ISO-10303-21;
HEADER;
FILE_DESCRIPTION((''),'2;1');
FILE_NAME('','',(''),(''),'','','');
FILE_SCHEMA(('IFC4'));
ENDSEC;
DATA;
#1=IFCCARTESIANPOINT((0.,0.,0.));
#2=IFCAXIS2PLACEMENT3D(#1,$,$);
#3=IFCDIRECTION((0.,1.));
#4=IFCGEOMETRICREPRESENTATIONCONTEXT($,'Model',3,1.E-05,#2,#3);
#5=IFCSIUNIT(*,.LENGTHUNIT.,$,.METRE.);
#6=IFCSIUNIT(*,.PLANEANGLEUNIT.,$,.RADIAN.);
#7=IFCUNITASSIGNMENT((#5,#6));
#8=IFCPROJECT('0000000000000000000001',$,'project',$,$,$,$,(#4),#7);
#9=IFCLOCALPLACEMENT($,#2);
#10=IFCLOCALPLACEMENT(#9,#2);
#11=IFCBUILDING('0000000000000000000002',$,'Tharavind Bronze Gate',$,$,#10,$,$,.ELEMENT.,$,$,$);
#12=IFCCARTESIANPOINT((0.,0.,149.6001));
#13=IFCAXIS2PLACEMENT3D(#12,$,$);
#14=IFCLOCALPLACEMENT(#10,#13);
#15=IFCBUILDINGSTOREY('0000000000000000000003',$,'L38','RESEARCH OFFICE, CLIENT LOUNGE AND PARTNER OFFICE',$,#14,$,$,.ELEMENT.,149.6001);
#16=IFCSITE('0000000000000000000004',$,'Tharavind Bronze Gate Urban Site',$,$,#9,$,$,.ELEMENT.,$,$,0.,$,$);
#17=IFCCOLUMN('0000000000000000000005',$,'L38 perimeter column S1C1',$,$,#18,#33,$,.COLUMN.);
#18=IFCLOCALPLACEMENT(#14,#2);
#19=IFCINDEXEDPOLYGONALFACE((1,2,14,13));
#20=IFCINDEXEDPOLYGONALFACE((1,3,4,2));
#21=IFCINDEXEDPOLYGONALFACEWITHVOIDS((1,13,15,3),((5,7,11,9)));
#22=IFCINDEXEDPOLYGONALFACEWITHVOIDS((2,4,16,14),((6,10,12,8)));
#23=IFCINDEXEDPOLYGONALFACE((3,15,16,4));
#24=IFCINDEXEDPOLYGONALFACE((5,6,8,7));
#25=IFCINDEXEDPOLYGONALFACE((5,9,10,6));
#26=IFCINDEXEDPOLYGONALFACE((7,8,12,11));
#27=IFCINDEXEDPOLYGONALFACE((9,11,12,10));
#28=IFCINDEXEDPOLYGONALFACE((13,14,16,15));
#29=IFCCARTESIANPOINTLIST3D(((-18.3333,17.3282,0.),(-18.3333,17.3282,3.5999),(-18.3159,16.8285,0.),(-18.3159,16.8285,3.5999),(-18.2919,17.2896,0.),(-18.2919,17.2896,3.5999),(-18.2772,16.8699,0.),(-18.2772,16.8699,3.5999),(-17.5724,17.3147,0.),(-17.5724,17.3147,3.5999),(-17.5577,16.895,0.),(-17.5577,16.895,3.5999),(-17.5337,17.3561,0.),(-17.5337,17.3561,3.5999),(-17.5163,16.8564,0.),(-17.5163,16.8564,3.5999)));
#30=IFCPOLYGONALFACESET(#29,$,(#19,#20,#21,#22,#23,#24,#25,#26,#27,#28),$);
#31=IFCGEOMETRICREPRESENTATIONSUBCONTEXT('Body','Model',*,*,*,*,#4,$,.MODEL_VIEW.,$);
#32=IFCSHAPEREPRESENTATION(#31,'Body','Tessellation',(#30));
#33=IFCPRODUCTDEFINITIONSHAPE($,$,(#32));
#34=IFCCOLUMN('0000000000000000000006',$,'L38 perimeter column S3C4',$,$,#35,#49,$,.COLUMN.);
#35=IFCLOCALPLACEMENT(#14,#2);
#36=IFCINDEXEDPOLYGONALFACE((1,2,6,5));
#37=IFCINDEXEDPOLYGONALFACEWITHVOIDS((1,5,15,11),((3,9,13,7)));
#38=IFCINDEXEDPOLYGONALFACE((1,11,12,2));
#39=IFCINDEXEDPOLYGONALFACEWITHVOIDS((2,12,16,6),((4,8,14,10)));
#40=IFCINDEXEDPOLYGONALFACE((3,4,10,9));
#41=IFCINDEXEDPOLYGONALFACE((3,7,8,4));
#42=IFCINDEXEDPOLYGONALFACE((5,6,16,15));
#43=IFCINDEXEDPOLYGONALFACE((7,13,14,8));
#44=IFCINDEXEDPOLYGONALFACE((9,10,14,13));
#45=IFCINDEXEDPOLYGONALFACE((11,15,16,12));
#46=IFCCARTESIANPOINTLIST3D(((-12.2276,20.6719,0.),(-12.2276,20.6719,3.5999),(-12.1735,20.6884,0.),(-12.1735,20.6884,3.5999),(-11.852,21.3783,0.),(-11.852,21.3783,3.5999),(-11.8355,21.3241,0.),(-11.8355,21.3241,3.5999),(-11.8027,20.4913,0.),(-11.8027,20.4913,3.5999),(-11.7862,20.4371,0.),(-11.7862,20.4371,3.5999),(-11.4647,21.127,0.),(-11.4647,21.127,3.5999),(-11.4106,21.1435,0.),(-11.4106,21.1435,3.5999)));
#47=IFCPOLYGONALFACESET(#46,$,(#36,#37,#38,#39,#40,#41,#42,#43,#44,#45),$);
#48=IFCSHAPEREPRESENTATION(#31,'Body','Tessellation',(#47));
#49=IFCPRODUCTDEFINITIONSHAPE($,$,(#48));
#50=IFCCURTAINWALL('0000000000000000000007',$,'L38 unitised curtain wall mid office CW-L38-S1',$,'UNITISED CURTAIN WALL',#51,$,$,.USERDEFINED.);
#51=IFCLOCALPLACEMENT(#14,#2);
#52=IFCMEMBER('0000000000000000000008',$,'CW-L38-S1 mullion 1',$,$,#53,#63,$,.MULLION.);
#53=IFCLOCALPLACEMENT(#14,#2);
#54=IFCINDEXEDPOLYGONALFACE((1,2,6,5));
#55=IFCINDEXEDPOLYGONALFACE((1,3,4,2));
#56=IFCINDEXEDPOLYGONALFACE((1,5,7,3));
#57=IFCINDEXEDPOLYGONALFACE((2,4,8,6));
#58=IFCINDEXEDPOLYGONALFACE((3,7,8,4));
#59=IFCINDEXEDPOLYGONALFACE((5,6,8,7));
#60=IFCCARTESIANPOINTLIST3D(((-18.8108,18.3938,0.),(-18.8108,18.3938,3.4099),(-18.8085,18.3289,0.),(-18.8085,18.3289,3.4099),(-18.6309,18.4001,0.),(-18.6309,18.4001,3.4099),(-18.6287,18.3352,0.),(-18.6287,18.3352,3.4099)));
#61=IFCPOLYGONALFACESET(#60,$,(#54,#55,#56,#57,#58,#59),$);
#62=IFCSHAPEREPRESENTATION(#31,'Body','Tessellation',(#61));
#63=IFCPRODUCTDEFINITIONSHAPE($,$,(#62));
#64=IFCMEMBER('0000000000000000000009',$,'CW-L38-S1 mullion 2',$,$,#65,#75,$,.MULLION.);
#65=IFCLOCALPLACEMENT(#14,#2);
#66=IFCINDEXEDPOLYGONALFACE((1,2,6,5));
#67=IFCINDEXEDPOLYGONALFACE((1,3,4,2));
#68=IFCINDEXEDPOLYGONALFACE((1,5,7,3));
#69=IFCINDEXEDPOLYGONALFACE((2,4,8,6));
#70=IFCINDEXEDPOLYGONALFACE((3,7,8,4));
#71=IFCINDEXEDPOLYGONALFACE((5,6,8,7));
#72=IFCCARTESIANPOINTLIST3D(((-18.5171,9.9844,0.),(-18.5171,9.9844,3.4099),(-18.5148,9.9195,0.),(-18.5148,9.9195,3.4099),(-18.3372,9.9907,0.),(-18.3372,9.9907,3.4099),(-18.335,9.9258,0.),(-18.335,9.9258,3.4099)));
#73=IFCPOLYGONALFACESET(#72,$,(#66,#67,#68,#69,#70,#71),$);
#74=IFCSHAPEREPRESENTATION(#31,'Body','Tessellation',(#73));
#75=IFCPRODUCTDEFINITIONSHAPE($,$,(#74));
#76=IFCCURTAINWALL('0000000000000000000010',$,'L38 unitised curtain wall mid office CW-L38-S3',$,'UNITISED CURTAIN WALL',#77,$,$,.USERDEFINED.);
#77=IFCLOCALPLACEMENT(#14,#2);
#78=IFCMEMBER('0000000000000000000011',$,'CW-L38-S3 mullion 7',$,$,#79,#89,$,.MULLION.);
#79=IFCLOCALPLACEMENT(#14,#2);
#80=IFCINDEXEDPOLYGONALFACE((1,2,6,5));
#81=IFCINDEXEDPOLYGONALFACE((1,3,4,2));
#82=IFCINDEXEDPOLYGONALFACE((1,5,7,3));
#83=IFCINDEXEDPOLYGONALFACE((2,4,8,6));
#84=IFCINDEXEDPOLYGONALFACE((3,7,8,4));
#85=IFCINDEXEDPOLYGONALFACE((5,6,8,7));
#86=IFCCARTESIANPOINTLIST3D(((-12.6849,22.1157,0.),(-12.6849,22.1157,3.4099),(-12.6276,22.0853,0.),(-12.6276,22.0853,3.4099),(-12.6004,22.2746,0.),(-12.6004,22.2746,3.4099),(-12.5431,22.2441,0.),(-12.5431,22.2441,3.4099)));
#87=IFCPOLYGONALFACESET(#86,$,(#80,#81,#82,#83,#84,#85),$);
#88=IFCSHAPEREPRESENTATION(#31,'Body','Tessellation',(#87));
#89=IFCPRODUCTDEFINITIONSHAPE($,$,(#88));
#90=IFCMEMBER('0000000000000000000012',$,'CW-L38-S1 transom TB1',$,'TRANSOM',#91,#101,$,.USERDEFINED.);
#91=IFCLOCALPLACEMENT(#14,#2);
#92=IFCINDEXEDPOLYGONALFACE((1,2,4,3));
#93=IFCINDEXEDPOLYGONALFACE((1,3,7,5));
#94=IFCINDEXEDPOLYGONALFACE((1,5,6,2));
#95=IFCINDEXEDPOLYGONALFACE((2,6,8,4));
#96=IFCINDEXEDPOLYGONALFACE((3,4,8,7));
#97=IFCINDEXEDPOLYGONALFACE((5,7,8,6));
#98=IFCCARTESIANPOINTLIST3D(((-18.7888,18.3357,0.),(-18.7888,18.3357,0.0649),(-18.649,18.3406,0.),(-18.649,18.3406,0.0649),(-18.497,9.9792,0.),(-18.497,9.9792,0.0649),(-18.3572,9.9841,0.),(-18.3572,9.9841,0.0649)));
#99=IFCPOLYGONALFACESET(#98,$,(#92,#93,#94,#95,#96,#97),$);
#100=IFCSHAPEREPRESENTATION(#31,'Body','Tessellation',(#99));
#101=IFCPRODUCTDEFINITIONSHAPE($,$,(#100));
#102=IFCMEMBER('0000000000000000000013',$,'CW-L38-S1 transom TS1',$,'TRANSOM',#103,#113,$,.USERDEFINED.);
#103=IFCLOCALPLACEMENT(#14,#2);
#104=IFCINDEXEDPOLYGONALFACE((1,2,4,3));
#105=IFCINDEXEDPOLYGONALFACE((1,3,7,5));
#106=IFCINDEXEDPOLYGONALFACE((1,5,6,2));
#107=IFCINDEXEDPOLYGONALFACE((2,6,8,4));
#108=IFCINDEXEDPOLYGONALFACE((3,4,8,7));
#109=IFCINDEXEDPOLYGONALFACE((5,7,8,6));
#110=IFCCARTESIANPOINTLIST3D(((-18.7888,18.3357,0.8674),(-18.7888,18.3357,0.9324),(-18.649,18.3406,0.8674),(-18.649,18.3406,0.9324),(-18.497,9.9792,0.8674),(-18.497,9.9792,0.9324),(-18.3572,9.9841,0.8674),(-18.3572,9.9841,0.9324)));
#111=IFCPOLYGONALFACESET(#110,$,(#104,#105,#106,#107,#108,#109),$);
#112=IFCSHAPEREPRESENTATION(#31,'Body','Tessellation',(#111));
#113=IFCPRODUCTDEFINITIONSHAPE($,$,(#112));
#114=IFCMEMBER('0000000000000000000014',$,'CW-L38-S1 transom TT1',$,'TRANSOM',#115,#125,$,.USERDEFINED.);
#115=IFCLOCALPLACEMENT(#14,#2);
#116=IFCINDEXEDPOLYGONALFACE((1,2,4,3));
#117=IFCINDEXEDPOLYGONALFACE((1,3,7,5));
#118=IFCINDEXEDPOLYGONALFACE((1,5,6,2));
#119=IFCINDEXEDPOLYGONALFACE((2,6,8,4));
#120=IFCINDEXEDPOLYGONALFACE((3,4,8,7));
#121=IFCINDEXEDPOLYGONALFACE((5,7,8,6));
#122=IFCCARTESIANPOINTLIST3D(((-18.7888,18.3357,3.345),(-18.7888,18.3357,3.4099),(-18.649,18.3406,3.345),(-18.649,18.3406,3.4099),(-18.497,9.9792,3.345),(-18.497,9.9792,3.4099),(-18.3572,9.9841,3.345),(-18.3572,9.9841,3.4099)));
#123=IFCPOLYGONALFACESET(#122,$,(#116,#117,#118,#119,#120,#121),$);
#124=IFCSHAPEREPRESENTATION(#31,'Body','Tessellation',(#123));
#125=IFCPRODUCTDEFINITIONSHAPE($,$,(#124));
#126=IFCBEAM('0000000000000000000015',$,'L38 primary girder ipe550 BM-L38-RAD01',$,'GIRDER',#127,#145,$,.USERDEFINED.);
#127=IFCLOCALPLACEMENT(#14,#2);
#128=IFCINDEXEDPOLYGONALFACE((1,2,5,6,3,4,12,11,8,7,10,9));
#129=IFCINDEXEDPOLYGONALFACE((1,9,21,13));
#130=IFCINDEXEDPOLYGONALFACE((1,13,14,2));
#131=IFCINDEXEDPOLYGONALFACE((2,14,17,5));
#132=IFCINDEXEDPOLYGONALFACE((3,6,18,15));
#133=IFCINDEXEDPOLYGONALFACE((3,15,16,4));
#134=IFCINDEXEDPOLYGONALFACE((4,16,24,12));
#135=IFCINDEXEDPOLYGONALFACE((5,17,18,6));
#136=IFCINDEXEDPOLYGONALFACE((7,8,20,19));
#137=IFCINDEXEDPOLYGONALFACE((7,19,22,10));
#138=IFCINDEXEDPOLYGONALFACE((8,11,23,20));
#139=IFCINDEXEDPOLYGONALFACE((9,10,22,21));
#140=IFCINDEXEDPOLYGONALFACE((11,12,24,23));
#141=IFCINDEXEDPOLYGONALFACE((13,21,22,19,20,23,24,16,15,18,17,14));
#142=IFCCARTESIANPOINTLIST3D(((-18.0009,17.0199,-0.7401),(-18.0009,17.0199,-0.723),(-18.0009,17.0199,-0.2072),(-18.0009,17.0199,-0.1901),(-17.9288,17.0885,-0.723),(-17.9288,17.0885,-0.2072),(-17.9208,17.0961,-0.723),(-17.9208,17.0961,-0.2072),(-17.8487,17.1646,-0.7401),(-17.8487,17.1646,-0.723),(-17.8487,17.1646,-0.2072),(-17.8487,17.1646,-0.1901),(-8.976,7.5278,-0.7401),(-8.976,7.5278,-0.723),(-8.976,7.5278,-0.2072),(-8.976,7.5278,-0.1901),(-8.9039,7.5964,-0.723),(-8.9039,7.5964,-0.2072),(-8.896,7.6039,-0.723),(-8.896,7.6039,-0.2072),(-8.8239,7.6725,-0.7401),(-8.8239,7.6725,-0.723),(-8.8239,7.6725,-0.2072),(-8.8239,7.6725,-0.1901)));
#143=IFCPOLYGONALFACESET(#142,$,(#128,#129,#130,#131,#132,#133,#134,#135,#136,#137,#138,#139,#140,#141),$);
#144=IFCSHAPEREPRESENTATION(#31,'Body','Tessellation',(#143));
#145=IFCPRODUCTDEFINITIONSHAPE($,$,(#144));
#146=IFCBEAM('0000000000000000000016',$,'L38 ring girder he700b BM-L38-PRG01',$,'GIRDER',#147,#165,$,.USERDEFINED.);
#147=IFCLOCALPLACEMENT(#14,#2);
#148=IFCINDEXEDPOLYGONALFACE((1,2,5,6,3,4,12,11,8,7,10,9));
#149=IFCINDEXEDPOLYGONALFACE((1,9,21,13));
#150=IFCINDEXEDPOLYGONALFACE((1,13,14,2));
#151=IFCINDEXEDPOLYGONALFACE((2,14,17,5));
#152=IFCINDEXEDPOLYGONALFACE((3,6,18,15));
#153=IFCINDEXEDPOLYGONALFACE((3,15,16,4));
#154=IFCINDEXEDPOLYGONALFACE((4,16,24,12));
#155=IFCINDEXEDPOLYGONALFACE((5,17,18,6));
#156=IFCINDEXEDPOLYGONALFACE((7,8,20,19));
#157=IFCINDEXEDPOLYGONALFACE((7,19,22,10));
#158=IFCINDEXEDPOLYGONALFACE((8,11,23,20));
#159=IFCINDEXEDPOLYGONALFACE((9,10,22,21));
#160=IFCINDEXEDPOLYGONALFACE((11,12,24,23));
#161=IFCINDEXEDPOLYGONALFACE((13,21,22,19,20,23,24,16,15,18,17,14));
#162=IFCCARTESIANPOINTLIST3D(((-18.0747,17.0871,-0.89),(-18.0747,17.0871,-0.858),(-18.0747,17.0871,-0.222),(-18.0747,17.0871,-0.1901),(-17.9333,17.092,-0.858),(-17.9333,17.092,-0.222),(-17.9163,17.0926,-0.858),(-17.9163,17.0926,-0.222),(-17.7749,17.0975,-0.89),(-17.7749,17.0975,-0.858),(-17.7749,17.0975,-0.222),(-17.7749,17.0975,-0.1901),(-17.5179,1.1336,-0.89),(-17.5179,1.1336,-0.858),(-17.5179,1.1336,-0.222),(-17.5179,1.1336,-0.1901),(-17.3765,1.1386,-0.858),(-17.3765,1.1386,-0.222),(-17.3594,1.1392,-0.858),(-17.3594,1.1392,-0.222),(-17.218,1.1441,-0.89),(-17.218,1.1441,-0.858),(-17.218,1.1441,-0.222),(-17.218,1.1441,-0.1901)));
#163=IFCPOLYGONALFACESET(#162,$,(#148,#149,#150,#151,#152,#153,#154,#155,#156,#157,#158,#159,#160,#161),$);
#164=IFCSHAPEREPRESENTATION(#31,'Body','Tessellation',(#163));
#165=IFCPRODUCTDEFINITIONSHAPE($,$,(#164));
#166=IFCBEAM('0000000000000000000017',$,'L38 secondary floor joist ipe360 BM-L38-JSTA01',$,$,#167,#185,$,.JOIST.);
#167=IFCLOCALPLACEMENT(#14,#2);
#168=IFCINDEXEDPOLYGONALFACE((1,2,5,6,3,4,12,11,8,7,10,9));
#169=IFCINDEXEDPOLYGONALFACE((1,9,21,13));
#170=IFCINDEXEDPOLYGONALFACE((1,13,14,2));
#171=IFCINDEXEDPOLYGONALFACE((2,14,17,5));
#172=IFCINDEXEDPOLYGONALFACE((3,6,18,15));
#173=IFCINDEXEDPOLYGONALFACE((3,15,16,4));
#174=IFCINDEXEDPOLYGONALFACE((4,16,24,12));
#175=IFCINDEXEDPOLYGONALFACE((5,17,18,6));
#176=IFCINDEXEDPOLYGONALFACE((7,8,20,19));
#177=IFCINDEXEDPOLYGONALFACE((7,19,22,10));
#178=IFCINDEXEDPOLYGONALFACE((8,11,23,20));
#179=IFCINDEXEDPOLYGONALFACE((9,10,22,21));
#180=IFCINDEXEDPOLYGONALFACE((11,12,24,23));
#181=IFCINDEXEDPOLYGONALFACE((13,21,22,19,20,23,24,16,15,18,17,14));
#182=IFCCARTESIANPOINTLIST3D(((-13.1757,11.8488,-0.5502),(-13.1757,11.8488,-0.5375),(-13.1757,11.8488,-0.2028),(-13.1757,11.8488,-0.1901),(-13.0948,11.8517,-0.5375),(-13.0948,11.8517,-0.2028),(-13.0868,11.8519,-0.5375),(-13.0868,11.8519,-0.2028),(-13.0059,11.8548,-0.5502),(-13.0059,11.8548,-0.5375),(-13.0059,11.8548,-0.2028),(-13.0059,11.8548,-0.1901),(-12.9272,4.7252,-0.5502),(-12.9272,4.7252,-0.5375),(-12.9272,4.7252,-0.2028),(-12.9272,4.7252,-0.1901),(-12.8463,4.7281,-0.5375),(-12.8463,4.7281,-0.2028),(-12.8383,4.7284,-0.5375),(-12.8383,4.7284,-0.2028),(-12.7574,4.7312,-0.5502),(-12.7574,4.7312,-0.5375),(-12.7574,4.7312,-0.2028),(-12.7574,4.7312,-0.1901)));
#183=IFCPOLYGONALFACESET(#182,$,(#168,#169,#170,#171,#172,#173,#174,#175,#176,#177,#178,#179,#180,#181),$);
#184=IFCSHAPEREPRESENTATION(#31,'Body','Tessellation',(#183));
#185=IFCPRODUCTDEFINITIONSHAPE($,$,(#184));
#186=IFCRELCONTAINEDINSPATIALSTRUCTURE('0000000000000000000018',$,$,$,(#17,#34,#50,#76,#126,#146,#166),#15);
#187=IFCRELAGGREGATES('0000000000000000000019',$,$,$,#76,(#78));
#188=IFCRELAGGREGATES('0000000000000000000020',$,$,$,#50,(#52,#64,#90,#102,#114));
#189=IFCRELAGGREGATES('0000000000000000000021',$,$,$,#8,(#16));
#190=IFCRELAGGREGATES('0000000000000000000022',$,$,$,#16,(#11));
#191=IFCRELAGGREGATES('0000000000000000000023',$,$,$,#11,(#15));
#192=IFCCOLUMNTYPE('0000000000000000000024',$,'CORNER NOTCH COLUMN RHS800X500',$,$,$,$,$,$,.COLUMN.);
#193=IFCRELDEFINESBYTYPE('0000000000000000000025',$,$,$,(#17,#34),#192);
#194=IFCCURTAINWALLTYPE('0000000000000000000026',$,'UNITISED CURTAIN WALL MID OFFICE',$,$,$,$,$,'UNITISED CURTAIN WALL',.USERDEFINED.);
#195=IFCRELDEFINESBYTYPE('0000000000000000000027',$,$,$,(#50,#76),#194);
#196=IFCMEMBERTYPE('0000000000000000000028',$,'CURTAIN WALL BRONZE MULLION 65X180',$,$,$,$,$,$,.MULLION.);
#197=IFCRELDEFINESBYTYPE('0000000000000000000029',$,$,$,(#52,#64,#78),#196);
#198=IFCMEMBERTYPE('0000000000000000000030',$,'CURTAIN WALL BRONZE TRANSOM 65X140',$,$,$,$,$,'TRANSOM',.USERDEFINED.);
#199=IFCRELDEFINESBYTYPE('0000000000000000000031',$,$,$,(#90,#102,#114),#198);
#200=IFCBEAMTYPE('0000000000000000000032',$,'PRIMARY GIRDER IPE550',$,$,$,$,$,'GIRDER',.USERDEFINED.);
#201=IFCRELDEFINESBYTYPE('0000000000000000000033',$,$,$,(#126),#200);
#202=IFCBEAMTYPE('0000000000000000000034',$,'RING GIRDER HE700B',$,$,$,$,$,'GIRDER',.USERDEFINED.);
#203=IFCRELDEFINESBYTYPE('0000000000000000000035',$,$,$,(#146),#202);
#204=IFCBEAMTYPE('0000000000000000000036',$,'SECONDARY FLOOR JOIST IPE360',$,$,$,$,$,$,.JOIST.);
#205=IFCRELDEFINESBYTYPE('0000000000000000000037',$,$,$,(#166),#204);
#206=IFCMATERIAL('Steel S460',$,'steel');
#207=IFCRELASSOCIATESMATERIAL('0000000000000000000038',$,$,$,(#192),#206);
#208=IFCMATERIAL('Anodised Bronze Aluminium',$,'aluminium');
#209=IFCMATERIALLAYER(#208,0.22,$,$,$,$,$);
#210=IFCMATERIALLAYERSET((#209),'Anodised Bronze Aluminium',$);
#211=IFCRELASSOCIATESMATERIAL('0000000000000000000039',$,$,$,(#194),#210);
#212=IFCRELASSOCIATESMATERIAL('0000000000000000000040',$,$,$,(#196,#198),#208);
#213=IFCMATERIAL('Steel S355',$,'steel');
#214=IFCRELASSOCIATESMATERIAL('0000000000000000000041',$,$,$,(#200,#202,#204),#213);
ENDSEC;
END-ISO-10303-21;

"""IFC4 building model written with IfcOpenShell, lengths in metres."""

from ifc_helpers import new_model, si_unit, direction, frame, origin, origin_2d, place, context, subcontext, project, spatial, rectangle, hollow_rectangle, i_section, extrude, material, layer, layer_set, material_profile, profile_set, type_object, element, aggregate, save


model = new_model("IFC4")

# Units and contexts
model_context = context("Model", 3, precision=1e-05, world=origin(), true_north=direction((0.0, 1.0)))
body_context = subcontext(model_context, "Body", "Model", "MODEL_VIEW")
ifc_project = project(units=[si_unit("LENGTHUNIT", "METRE"), si_unit("PLANEANGLEUNIT", "RADIAN")], contexts=[model_context])

# Site, building, storey
site_placement = place(None, origin())
site = spatial("IfcSite", under=ifc_project, at=site_placement, Name="Tharavind Bronze Gate Urban Site", CompositionType="ELEMENT", RefElevation=0.0)
building_placement = place(site_placement, origin())
building = spatial("IfcBuilding", under=site, at=building_placement, Name="Tharavind Bronze Gate", CompositionType="ELEMENT")
storey_placement = place(building_placement, frame((0.0, 0.0, 149.6001)))
storey = spatial("IfcBuildingStorey", under=building, at=storey_placement, Name="L38", Description="RESEARCH OFFICE, CLIENT LOUNGE AND PARTNER OFFICE", CompositionType="ELEMENT", Elevation=149.6001)

# Columns
ifc_material_1 = material(Name="Steel S460", Category="steel")
ifc_material_profile_1 = material_profile(ifc_material_1, hollow_rectangle(XDim=0.5, YDim=0.8, WallThickness=0.04, at=origin_2d()), Name="RHS800X500X40")
ifc_profile_set_1 = profile_set([ifc_material_profile_1], Name="Steel S460")
column_type = type_object("IfcColumnType", Name="CORNER NOTCH COLUMN RHS800X500", PredefinedType="COLUMN", material=ifc_profile_set_1)
for number, where, z_axis, x_axis, name in (
    (1, (-17.9248, 17.0923, 0.0), (0.0, 0.0, 1.0), (-0.034899, 0.999391, 0.0), "L38 perimeter column S1C1"),
    (2, (-11.8191, 20.9077, 0.0), (0.0, 0.0, 1.0), (-0.882948, 0.46947, 0.0), "L38 perimeter column S3C4"),
):
    element("IfcColumn", number, at=place(storey_placement, frame(where, z_axis=z_axis, x_axis=x_axis)), inside=storey, type_object=column_type, Name=name, PredefinedType="COLUMN", context=body_context, shape_type="SweptSolid", body=[
        extrude(hollow_rectangle(XDim=0.5, YDim=0.8, WallThickness=0.04, at=origin_2d()), origin(), (0.0, 0.0, 1.0), 3.5999),
    ])

# Curtain wall, members
ifc_material_2 = material(Name="Anodised Bronze Aluminium", Category="aluminium")
ifc_layer_1 = layer(ifc_material_2, 0.22)
ifc_layer_set_1 = layer_set([ifc_layer_1], Name="Anodised Bronze Aluminium")
curtain_wall_type = type_object("IfcCurtainWallType", Name="UNITISED CURTAIN WALL MID OFFICE", ElementType="UNITISED CURTAIN WALL", PredefinedType="USERDEFINED", material=ifc_layer_set_1)
curtain_wall_1_placement = place(storey_placement, origin())
curtain_wall_1 = element("IfcCurtainWall", 3, at=curtain_wall_1_placement, inside=storey, type_object=curtain_wall_type, Name="L38 unitised curtain wall mid office CW-L38-S1", ObjectType="UNITISED CURTAIN WALL", PredefinedType="USERDEFINED")
member_type_1 = type_object("IfcMemberType", Name="CURTAIN WALL BRONZE MULLION 65X180", PredefinedType="MULLION", material=ifc_material_2)
member_1_placement = place(storey_placement, frame((-18.7197, 18.3645, 0.0), z_axis=(0.0, 0.0, 1.0), x_axis=(0.034899, -0.999391, 0.0)))
member_1 = element("IfcMember", 4, at=member_1_placement, type_object=member_type_1, Name="CW-L38-S1 mullion 1", PredefinedType="MULLION", context=body_context, shape_type="SweptSolid", body=[
    extrude(rectangle(XDim=0.0649, YDim=0.1799, at=origin_2d()), origin(), (0.0, 0.0, 1.0), 3.4099),
])
member_2_placement = place(storey_placement, frame((-18.426, 9.9551, 0.0), z_axis=(0.0, 0.0, 1.0), x_axis=(0.034899, -0.999391, 0.0)))
member_2 = element("IfcMember", 5, at=member_2_placement, type_object=member_type_1, Name="CW-L38-S1 mullion 2", PredefinedType="MULLION", context=body_context, shape_type="SweptSolid", body=[
    extrude(rectangle(XDim=0.0649, YDim=0.1799, at=origin_2d()), origin(), (0.0, 0.0, 1.0), 3.4099),
])

# Curtain wall, member
curtain_wall_2_placement = place(storey_placement, origin())
curtain_wall_2 = element("IfcCurtainWall", 6, at=curtain_wall_2_placement, inside=storey, type_object=curtain_wall_type, Name="L38 unitised curtain wall mid office CW-L38-S3", ObjectType="UNITISED CURTAIN WALL", PredefinedType="USERDEFINED")
member_3_placement = place(storey_placement, frame((-12.614, 22.1799, 0.0), z_axis=(0.0, 0.0, 1.0), x_axis=(-0.882948, 0.469472, 0.0)))
member_3 = element("IfcMember", 7, at=member_3_placement, type_object=member_type_1, Name="CW-L38-S3 mullion 7", PredefinedType="MULLION", context=body_context, shape_type="SweptSolid", body=[
    extrude(rectangle(XDim=0.0649, YDim=0.1799, at=origin_2d()), origin(), (0.0, 0.0, 1.0), 3.4099),
])
aggregate(curtain_wall_2, [member_3])

# Members
member_type_2 = type_object("IfcMemberType", Name="CURTAIN WALL BRONZE TRANSOM 65X140", ElementType="TRANSOM", PredefinedType="USERDEFINED", material=ifc_material_2)
member_4_placement = place(storey_placement, frame((-18.573, 14.1599, 0.0), z_axis=(0.0, 0.0, 1.0), x_axis=(0.034899, -0.999391, 0.0)))
member_4 = element("IfcMember", 8, at=member_4_placement, type_object=member_type_2, Name="CW-L38-S1 transom TB1", ObjectType="TRANSOM", PredefinedType="USERDEFINED", context=body_context, shape_type="SweptSolid", body=[
    extrude(rectangle(XDim=8.3616, YDim=0.1399, at=origin_2d()), origin(), (0.0, 0.0, 1.0), 0.0649),
])
member_5_placement = place(storey_placement, frame((-18.573, 14.1599, 0.8674), z_axis=(0.0, 0.0, 1.0), x_axis=(0.034899, -0.999391, 0.0)))
member_5 = element("IfcMember", 9, at=member_5_placement, type_object=member_type_2, Name="CW-L38-S1 transom TS1", ObjectType="TRANSOM", PredefinedType="USERDEFINED", context=body_context, shape_type="SweptSolid", body=[
    extrude(rectangle(XDim=8.3616, YDim=0.1399, at=origin_2d()), origin(), (0.0, 0.0, 1.0), 0.0649),
])
member_6_placement = place(storey_placement, frame((-18.573, 14.1599, 3.345), z_axis=(0.0, 0.0, 1.0), x_axis=(0.034899, -0.999391, 0.0)))
member_6 = element("IfcMember", 10, at=member_6_placement, type_object=member_type_2, Name="CW-L38-S1 transom TT1", ObjectType="TRANSOM", PredefinedType="USERDEFINED", context=body_context, shape_type="SweptSolid", body=[
    extrude(rectangle(XDim=8.3616, YDim=0.1399, at=origin_2d()), origin(), (0.0, 0.0, 1.0), 0.0649),
])

# Beams
ifc_material_3 = material(Name="Steel S355", Category="steel")
ifc_material_profile_2 = material_profile(ifc_material_3, i_section(OverallWidth=0.21, OverallDepth=0.55, WebThickness=0.011, FlangeThickness=0.0171, at=origin_2d()), Name="IPE550")
ifc_profile_set_2 = profile_set([ifc_material_profile_2], Name="Steel S355")
beam_type_1 = type_object("IfcBeamType", Name="PRIMARY GIRDER IPE550", ElementType="GIRDER", PredefinedType="USERDEFINED", material=ifc_profile_set_2)
beam_1_placement = place(storey_placement, frame((-17.9248, 17.0923, -0.4651), z_axis=(0.689043, -0.72472, 0.0), x_axis=(0.72472, 0.689043, 0.0)))
element("IfcBeam", 11, at=beam_1_placement, inside=storey, type_object=beam_type_1, Name="L38 primary girder ipe550 BM-L38-RAD01", ObjectType="GIRDER", PredefinedType="USERDEFINED", context=body_context, shape_type="SweptSolid", body=[
    extrude(i_section(OverallWidth=0.21, OverallDepth=0.55, WebThickness=0.011, FlangeThickness=0.0171, at=origin_2d()), origin(), (0.0, 0.0, 1.0), 13.0977),
])
ifc_material_profile_3 = material_profile(ifc_material_3, i_section(OverallWidth=0.3, OverallDepth=0.7, WebThickness=0.0171, FlangeThickness=0.032, at=origin_2d()), Name="HE700B")
ifc_profile_set_3 = profile_set([ifc_material_profile_3], Name="Steel S355")
beam_type_2 = type_object("IfcBeamType", Name="RING GIRDER HE700B", ElementType="GIRDER", PredefinedType="USERDEFINED", material=ifc_profile_set_3)
beam_2_placement = place(storey_placement, frame((-17.9248, 17.0923, -0.54), z_axis=(0.034886, -0.999391, 0.0), x_axis=(0.999391, 0.034886, 0.0)))
element("IfcBeam", 12, at=beam_2_placement, inside=storey, type_object=beam_type_2, Name="L38 ring girder he700b BM-L38-PRG01", ObjectType="GIRDER", PredefinedType="USERDEFINED", context=body_context, shape_type="SweptSolid", body=[
    extrude(i_section(OverallWidth=0.3, OverallDepth=0.7, WebThickness=0.0171, FlangeThickness=0.032, at=origin_2d()), origin(), (0.0, 0.0, 1.0), 15.9631),
])
ifc_material_profile_4 = material_profile(ifc_material_3, i_section(OverallWidth=0.1699, OverallDepth=0.3601, WebThickness=0.0081, FlangeThickness=0.0127, at=origin_2d()), Name="IPE360")
ifc_profile_set_4 = profile_set([ifc_material_profile_4], Name="Steel S355")
beam_type_3 = type_object("IfcBeamType", Name="SECONDARY FLOOR JOIST IPE360", PredefinedType="JOIST", material=ifc_profile_set_4)
beam_3_placement = place(storey_placement, frame((-13.0908, 11.8518, -0.3701), z_axis=(0.034868, -0.999392, 0.0), x_axis=(0.999392, 0.034868, 0.0)))
element("IfcBeam", 13, at=beam_3_placement, inside=storey, type_object=beam_type_3, Name="L38 secondary floor joist ipe360 BM-L38-JSTA01", PredefinedType="JOIST", context=body_context, shape_type="SweptSolid", body=[
    extrude(i_section(OverallWidth=0.1699, OverallDepth=0.3601, WebThickness=0.0081, FlangeThickness=0.0127, at=origin_2d()), origin(), (0.0, 0.0, 1.0), 7.1279),
])

aggregate(curtain_wall_1, [member_1, member_2, member_4, member_5, member_6])

save(model, "model.ifc")
